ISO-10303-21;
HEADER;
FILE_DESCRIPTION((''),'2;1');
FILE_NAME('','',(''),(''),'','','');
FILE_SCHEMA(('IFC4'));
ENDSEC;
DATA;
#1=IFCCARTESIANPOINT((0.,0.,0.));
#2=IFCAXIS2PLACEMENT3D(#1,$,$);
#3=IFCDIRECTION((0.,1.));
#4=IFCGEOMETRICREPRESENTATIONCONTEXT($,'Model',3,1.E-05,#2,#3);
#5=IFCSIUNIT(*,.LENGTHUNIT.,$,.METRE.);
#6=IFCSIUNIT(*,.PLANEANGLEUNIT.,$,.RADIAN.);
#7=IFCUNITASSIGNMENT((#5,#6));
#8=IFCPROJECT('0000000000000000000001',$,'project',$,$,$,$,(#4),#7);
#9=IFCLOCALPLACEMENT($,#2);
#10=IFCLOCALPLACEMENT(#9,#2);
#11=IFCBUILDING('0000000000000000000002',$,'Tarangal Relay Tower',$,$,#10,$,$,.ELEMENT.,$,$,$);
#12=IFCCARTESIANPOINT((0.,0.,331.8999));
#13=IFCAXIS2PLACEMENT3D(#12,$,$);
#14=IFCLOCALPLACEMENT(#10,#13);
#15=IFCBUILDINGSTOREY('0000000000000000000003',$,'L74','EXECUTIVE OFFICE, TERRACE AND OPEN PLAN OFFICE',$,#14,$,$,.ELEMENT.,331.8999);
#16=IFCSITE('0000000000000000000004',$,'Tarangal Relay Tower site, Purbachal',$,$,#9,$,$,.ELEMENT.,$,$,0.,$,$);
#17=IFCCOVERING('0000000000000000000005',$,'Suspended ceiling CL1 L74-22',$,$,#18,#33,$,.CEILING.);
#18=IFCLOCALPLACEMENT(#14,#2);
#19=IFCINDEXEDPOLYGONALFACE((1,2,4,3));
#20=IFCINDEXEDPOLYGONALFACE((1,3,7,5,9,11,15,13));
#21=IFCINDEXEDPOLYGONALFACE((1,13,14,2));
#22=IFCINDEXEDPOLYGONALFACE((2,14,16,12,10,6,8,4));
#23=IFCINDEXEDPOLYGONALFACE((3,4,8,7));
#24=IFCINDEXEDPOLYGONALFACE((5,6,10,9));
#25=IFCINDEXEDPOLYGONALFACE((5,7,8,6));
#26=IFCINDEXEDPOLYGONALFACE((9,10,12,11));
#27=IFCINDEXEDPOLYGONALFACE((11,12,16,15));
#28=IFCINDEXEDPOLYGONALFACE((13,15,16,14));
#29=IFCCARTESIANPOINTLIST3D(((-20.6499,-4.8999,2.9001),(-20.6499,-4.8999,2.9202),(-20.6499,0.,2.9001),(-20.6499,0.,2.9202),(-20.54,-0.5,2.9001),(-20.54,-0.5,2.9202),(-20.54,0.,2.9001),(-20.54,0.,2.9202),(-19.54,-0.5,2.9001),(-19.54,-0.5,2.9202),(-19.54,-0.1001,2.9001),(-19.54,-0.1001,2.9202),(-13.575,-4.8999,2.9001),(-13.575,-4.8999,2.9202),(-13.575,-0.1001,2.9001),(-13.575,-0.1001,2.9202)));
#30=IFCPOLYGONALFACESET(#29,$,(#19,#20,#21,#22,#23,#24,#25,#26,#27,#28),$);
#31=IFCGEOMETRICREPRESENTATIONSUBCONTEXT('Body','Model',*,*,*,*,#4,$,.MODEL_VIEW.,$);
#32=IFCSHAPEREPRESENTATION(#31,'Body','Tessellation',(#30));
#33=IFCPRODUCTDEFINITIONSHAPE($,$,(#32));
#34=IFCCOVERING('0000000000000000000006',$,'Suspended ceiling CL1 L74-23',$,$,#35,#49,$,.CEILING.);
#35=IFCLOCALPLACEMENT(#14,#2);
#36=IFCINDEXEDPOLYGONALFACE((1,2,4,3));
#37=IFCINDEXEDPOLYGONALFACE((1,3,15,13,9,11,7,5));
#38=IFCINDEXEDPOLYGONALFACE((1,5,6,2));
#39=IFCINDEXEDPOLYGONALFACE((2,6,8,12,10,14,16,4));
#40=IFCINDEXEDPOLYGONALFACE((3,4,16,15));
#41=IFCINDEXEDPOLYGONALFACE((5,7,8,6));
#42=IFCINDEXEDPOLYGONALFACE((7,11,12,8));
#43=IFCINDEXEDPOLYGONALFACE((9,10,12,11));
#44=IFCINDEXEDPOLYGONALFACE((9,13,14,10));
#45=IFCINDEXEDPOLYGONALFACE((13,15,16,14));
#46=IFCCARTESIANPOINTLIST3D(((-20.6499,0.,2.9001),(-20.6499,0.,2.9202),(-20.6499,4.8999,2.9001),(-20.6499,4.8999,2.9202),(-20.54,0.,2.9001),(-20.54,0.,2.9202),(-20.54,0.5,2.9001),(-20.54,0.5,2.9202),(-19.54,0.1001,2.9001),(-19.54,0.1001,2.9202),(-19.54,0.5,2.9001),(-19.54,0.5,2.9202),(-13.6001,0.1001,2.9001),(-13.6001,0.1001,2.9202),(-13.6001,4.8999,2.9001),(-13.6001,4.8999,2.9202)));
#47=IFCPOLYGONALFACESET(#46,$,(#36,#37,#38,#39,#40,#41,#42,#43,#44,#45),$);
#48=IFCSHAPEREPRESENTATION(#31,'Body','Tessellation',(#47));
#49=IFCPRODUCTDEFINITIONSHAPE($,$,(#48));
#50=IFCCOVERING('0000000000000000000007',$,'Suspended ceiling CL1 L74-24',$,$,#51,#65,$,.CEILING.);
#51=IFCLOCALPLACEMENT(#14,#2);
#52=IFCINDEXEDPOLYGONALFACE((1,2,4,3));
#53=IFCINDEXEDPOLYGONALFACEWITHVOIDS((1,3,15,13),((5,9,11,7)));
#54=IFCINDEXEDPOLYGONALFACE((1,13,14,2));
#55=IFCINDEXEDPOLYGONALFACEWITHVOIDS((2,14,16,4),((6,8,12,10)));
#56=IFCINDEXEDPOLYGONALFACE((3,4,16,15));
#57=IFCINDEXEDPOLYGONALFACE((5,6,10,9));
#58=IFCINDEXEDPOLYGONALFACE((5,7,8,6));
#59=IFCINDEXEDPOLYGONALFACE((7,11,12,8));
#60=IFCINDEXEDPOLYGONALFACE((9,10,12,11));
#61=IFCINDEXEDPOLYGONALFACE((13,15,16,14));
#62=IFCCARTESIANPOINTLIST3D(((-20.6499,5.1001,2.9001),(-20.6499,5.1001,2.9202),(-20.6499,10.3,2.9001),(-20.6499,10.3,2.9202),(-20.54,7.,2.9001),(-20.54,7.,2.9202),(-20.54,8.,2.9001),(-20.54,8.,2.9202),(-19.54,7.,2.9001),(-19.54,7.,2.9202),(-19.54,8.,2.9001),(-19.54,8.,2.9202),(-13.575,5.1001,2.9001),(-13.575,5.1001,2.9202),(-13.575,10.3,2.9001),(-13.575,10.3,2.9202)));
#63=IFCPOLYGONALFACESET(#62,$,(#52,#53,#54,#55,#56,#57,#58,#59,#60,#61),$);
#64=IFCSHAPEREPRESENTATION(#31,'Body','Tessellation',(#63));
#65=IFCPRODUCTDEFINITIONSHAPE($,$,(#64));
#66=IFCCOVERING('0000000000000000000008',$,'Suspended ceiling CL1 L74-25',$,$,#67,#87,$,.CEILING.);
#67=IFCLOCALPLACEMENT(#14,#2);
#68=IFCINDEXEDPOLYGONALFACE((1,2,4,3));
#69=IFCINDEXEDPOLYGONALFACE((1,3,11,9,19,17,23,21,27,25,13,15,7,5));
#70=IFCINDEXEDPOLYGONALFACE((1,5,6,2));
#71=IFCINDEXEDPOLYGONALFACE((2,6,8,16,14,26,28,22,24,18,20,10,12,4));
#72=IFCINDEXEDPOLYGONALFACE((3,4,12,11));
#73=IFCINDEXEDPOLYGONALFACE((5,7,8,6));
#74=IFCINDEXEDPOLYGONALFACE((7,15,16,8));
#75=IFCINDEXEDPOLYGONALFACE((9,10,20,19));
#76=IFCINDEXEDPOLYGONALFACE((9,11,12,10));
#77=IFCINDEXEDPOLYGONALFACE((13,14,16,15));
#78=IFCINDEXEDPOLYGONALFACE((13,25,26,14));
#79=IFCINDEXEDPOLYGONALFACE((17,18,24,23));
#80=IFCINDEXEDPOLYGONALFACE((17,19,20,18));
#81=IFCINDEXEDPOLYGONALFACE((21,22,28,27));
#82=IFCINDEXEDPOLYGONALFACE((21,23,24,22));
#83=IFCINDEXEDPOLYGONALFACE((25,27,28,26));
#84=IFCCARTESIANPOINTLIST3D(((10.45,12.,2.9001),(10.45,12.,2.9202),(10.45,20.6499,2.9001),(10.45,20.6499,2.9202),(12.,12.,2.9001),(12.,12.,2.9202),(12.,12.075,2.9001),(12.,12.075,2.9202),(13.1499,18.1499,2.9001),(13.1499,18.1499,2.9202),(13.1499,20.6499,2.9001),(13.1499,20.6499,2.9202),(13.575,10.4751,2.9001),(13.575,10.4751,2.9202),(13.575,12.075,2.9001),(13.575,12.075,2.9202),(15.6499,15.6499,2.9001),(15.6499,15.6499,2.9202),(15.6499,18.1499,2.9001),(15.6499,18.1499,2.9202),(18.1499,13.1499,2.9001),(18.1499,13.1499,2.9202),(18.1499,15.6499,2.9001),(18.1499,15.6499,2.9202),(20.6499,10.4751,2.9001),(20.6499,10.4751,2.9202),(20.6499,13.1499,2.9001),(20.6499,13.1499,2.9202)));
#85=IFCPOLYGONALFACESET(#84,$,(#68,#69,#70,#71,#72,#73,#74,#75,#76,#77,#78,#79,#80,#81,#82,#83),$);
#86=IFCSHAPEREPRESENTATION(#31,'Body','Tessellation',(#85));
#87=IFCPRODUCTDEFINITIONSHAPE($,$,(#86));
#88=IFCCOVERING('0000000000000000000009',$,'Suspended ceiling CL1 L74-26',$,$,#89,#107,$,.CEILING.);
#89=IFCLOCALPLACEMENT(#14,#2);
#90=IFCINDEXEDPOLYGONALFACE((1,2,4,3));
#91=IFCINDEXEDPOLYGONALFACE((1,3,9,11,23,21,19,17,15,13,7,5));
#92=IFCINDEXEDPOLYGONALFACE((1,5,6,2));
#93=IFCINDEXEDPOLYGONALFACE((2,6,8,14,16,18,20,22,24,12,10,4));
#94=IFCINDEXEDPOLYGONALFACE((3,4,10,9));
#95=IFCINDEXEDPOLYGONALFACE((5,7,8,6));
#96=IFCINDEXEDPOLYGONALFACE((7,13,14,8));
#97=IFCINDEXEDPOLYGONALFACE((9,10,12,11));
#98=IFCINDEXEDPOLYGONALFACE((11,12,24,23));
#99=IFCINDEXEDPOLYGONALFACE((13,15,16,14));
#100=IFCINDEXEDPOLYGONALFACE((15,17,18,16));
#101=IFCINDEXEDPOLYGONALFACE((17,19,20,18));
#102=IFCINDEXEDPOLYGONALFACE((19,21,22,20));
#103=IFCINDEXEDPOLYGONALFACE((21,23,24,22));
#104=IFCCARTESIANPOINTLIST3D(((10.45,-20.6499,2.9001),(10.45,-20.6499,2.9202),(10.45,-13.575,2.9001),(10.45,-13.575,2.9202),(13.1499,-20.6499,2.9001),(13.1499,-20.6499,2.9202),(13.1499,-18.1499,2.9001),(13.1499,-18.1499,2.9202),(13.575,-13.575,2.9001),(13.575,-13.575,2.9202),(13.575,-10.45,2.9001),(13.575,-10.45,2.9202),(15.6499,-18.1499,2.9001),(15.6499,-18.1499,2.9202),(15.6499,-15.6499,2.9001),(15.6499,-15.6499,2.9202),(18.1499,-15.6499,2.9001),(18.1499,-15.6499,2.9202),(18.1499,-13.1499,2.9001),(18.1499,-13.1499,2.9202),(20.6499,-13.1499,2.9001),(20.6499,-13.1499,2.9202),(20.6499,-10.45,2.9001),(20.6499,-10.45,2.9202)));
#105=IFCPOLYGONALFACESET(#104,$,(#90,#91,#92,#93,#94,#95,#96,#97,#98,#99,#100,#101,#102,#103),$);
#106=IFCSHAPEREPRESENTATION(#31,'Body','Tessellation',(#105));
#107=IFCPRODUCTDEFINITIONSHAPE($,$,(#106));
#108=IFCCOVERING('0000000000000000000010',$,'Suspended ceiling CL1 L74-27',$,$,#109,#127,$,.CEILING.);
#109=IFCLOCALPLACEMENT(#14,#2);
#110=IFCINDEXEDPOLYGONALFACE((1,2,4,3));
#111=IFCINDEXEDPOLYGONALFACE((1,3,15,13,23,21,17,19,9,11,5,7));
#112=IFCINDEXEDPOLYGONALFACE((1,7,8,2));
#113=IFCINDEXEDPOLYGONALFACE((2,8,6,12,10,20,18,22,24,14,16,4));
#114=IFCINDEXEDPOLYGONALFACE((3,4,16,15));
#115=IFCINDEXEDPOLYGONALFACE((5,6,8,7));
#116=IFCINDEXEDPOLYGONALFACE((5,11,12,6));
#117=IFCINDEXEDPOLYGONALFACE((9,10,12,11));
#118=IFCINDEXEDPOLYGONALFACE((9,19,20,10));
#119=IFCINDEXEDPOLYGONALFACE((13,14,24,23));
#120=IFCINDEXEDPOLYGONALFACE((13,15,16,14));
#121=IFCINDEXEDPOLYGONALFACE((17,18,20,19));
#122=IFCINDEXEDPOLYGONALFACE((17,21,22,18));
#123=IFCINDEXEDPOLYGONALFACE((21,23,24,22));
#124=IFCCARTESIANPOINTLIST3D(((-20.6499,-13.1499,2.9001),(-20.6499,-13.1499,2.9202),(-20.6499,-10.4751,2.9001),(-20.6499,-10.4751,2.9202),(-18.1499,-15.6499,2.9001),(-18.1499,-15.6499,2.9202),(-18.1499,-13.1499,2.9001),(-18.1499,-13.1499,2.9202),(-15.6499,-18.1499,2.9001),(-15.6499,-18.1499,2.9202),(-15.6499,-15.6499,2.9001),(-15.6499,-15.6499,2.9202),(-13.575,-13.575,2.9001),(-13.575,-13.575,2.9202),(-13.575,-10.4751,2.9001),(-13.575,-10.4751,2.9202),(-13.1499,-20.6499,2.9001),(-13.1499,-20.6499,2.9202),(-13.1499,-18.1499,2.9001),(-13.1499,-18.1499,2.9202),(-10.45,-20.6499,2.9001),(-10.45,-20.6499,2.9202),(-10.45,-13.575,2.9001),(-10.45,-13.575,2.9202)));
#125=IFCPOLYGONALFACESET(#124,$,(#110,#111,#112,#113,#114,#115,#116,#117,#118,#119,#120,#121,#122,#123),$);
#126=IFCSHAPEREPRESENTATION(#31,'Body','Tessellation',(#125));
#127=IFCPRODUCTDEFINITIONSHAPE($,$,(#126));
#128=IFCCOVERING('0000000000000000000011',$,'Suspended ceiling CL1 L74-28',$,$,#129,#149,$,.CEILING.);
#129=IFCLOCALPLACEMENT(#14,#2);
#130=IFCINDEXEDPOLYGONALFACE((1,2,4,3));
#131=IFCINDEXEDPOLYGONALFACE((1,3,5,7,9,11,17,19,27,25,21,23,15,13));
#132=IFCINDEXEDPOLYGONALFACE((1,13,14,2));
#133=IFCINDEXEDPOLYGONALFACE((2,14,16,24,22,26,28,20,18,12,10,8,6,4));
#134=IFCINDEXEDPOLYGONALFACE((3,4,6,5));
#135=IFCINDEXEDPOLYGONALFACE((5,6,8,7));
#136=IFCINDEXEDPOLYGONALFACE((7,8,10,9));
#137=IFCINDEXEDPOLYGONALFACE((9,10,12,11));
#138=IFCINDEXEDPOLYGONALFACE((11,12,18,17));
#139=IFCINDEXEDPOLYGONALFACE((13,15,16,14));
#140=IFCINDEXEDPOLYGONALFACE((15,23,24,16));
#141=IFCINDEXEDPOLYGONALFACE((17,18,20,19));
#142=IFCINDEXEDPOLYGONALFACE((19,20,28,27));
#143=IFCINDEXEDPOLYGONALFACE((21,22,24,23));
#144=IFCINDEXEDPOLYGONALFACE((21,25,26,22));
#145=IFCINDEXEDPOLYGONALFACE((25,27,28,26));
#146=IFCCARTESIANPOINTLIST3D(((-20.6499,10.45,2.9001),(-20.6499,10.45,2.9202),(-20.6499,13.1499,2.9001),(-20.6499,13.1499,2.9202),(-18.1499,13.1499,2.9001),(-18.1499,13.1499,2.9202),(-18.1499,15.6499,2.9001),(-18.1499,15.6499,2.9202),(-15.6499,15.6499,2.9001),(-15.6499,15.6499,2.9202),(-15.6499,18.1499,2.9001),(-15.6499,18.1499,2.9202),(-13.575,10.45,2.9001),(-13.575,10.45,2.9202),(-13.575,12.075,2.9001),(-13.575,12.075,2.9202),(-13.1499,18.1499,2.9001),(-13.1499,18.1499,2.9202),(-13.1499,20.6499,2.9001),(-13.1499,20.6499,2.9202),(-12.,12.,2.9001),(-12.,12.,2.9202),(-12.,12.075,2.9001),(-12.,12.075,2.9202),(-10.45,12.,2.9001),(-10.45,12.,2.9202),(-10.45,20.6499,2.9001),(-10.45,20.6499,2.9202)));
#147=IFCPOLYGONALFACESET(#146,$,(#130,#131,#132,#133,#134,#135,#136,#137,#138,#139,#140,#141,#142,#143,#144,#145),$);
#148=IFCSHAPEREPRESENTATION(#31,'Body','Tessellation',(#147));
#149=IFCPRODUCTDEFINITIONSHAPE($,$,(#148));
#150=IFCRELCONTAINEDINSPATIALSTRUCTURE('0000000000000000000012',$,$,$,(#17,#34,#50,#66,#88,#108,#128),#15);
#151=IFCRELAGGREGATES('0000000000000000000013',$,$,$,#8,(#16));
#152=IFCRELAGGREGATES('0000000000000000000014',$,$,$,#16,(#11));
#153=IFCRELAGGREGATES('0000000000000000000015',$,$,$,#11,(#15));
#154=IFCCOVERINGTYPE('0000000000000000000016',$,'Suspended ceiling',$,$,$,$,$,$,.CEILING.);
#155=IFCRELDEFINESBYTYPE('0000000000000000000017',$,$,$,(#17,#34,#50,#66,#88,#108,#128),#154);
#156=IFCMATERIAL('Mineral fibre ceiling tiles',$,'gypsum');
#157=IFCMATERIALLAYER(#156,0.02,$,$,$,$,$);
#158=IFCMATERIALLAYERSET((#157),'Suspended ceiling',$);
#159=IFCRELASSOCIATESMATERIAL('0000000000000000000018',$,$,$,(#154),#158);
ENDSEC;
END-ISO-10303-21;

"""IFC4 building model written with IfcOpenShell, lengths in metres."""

from ifc_helpers import new_model, si_unit, direction, frame, origin, place, context, subcontext, project, spatial, polyline, outline, extrude, material, layer, layer_set, type_object, element, save


model = new_model("IFC4")

# Units and contexts
model_context = context("Model", 3, precision=1e-05, world=origin(), true_north=direction((0.0, 1.0)))
body_context = subcontext(model_context, "Body", "Model", "MODEL_VIEW")
ifc_project = project(units=[si_unit("LENGTHUNIT", "METRE"), si_unit("PLANEANGLEUNIT", "RADIAN")], contexts=[model_context])

# Site, building, storey
site_placement = place(None, origin())
site = spatial("IfcSite", under=ifc_project, at=site_placement, Name="Tarangal Relay Tower site, Purbachal", CompositionType="ELEMENT", RefElevation=0.0)
building_placement = place(site_placement, origin())
building = spatial("IfcBuilding", under=site, at=building_placement, Name="Tarangal Relay Tower", CompositionType="ELEMENT")
storey_placement = place(building_placement, frame((0.0, 0.0, 331.8999)))
storey = spatial("IfcBuildingStorey", under=building, at=storey_placement, Name="L74", Description="EXECUTIVE OFFICE, TERRACE AND OPEN PLAN OFFICE", CompositionType="ELEMENT", Elevation=331.8999)

# Coverings
ifc_material_1 = material(Name="Mineral fibre ceiling tiles", Category="gypsum")
ifc_layer_1 = layer(ifc_material_1, 0.02)
ifc_layer_set_1 = layer_set([ifc_layer_1], Name="Suspended ceiling")
covering_type = type_object("IfcCoveringType", Name="Suspended ceiling", PredefinedType="CEILING", material=ifc_layer_set_1)
covering_1_placement = place(storey_placement, frame((0.0, 0.0, 2.9001)))
element("IfcCovering", 1, at=covering_1_placement, inside=storey, type_object=covering_type, Name="Suspended ceiling CL1 L74-22", PredefinedType="CEILING", context=body_context, shape_type="SweptSolid", body=[
    extrude(outline(polyline([(-20.6499, 0.0), (-20.6499, -4.8999), (-13.575, -4.8999), (-13.575, -0.1001), (-19.54, -0.1001), (-19.54, -0.5), (-20.54, -0.5), (-20.54, 0.0), (-20.6499, 0.0)])), origin(), (0.0, 0.0, 1.0), 0.02),
])
covering_2_placement = place(storey_placement, frame((0.0, 0.0, 2.9001)))
element("IfcCovering", 2, at=covering_2_placement, inside=storey, type_object=covering_type, Name="Suspended ceiling CL1 L74-23", PredefinedType="CEILING", context=body_context, shape_type="SweptSolid", body=[
    extrude(outline(polyline([(-20.6499, 4.8999), (-20.6499, 0.0), (-20.54, 0.0), (-20.54, 0.5), (-19.54, 0.5), (-19.54, 0.1001), (-13.6001, 0.1001), (-13.6001, 4.8999), (-20.6499, 4.8999)])), origin(), (0.0, 0.0, 1.0), 0.02),
])
covering_3_placement = place(storey_placement, frame((0.0, 0.0, 2.9001)))
element("IfcCovering", 3, at=covering_3_placement, inside=storey, type_object=covering_type, Name="Suspended ceiling CL1 L74-24", PredefinedType="CEILING", context=body_context, shape_type="SweptSolid", body=[
    extrude(outline(polyline([(-20.6499, 10.3), (-20.6499, 5.1001), (-13.575, 5.1001), (-13.575, 10.3), (-20.6499, 10.3)]), holes=[polyline([(-19.54, 8.0), (-20.54, 8.0), (-20.54, 7.0), (-19.54, 7.0), (-19.54, 8.0)])]), origin(), (0.0, 0.0, 1.0), 0.02),
])
covering_4_placement = place(storey_placement, frame((0.0, 0.0, 2.9001)))
element("IfcCovering", 4, at=covering_4_placement, inside=storey, type_object=covering_type, Name="Suspended ceiling CL1 L74-25", PredefinedType="CEILING", context=body_context, shape_type="SweptSolid", body=[
    extrude(outline(polyline([(10.45, 20.6499), (10.45, 12.0), (12.0, 12.0), (12.0, 12.075), (13.575, 12.075), (13.575, 10.4751), (20.6499, 10.4751), (20.6499, 13.1499), (18.1499, 13.1499), (18.1499, 15.6499), (15.6499, 15.6499), (15.6499, 18.1499), (13.1499, 18.1499), (13.1499, 20.6499), (10.45, 20.6499)])), origin(), (0.0, 0.0, 1.0), 0.02),
])
covering_5_placement = place(storey_placement, frame((0.0, 0.0, 2.9001)))
element("IfcCovering", 5, at=covering_5_placement, inside=storey, type_object=covering_type, Name="Suspended ceiling CL1 L74-26", PredefinedType="CEILING", context=body_context, shape_type="SweptSolid", body=[
    extrude(outline(polyline([(20.6499, -13.1499), (20.6499, -10.45), (13.575, -10.45), (13.575, -13.575), (10.45, -13.575), (10.45, -20.6499), (13.1499, -20.6499), (13.1499, -18.1499), (15.6499, -18.1499), (15.6499, -15.6499), (18.1499, -15.6499), (18.1499, -13.1499), (20.6499, -13.1499)])), origin(), (0.0, 0.0, 1.0), 0.02),
])
covering_6_placement = place(storey_placement, frame((0.0, 0.0, 2.9001)))
element("IfcCovering", 6, at=covering_6_placement, inside=storey, type_object=covering_type, Name="Suspended ceiling CL1 L74-27", PredefinedType="CEILING", context=body_context, shape_type="SweptSolid", body=[
    extrude(outline(polyline([(-13.1499, -18.1499), (-13.1499, -20.6499), (-10.45, -20.6499), (-10.45, -13.575), (-13.575, -13.575), (-13.575, -10.4751), (-20.6499, -10.4751), (-20.6499, -13.1499), (-18.1499, -13.1499), (-18.1499, -15.6499), (-15.6499, -15.6499), (-15.6499, -18.1499), (-13.1499, -18.1499)])), origin(), (0.0, 0.0, 1.0), 0.02),
])
covering_7_placement = place(storey_placement, frame((0.0, 0.0, 2.9001)))
element("IfcCovering", 7, at=covering_7_placement, inside=storey, type_object=covering_type, Name="Suspended ceiling CL1 L74-28", PredefinedType="CEILING", context=body_context, shape_type="SweptSolid", body=[
    extrude(outline(polyline([(-18.1499, 13.1499), (-20.6499, 13.1499), (-20.6499, 10.45), (-13.575, 10.45), (-13.575, 12.075), (-12.0, 12.075), (-12.0, 12.0), (-10.45, 12.0), (-10.45, 20.6499), (-13.1499, 20.6499), (-13.1499, 18.1499), (-15.6499, 18.1499), (-15.6499, 15.6499), (-18.1499, 15.6499), (-18.1499, 13.1499)])), origin(), (0.0, 0.0, 1.0), 0.02),
])

save(model, "model.ifc")
